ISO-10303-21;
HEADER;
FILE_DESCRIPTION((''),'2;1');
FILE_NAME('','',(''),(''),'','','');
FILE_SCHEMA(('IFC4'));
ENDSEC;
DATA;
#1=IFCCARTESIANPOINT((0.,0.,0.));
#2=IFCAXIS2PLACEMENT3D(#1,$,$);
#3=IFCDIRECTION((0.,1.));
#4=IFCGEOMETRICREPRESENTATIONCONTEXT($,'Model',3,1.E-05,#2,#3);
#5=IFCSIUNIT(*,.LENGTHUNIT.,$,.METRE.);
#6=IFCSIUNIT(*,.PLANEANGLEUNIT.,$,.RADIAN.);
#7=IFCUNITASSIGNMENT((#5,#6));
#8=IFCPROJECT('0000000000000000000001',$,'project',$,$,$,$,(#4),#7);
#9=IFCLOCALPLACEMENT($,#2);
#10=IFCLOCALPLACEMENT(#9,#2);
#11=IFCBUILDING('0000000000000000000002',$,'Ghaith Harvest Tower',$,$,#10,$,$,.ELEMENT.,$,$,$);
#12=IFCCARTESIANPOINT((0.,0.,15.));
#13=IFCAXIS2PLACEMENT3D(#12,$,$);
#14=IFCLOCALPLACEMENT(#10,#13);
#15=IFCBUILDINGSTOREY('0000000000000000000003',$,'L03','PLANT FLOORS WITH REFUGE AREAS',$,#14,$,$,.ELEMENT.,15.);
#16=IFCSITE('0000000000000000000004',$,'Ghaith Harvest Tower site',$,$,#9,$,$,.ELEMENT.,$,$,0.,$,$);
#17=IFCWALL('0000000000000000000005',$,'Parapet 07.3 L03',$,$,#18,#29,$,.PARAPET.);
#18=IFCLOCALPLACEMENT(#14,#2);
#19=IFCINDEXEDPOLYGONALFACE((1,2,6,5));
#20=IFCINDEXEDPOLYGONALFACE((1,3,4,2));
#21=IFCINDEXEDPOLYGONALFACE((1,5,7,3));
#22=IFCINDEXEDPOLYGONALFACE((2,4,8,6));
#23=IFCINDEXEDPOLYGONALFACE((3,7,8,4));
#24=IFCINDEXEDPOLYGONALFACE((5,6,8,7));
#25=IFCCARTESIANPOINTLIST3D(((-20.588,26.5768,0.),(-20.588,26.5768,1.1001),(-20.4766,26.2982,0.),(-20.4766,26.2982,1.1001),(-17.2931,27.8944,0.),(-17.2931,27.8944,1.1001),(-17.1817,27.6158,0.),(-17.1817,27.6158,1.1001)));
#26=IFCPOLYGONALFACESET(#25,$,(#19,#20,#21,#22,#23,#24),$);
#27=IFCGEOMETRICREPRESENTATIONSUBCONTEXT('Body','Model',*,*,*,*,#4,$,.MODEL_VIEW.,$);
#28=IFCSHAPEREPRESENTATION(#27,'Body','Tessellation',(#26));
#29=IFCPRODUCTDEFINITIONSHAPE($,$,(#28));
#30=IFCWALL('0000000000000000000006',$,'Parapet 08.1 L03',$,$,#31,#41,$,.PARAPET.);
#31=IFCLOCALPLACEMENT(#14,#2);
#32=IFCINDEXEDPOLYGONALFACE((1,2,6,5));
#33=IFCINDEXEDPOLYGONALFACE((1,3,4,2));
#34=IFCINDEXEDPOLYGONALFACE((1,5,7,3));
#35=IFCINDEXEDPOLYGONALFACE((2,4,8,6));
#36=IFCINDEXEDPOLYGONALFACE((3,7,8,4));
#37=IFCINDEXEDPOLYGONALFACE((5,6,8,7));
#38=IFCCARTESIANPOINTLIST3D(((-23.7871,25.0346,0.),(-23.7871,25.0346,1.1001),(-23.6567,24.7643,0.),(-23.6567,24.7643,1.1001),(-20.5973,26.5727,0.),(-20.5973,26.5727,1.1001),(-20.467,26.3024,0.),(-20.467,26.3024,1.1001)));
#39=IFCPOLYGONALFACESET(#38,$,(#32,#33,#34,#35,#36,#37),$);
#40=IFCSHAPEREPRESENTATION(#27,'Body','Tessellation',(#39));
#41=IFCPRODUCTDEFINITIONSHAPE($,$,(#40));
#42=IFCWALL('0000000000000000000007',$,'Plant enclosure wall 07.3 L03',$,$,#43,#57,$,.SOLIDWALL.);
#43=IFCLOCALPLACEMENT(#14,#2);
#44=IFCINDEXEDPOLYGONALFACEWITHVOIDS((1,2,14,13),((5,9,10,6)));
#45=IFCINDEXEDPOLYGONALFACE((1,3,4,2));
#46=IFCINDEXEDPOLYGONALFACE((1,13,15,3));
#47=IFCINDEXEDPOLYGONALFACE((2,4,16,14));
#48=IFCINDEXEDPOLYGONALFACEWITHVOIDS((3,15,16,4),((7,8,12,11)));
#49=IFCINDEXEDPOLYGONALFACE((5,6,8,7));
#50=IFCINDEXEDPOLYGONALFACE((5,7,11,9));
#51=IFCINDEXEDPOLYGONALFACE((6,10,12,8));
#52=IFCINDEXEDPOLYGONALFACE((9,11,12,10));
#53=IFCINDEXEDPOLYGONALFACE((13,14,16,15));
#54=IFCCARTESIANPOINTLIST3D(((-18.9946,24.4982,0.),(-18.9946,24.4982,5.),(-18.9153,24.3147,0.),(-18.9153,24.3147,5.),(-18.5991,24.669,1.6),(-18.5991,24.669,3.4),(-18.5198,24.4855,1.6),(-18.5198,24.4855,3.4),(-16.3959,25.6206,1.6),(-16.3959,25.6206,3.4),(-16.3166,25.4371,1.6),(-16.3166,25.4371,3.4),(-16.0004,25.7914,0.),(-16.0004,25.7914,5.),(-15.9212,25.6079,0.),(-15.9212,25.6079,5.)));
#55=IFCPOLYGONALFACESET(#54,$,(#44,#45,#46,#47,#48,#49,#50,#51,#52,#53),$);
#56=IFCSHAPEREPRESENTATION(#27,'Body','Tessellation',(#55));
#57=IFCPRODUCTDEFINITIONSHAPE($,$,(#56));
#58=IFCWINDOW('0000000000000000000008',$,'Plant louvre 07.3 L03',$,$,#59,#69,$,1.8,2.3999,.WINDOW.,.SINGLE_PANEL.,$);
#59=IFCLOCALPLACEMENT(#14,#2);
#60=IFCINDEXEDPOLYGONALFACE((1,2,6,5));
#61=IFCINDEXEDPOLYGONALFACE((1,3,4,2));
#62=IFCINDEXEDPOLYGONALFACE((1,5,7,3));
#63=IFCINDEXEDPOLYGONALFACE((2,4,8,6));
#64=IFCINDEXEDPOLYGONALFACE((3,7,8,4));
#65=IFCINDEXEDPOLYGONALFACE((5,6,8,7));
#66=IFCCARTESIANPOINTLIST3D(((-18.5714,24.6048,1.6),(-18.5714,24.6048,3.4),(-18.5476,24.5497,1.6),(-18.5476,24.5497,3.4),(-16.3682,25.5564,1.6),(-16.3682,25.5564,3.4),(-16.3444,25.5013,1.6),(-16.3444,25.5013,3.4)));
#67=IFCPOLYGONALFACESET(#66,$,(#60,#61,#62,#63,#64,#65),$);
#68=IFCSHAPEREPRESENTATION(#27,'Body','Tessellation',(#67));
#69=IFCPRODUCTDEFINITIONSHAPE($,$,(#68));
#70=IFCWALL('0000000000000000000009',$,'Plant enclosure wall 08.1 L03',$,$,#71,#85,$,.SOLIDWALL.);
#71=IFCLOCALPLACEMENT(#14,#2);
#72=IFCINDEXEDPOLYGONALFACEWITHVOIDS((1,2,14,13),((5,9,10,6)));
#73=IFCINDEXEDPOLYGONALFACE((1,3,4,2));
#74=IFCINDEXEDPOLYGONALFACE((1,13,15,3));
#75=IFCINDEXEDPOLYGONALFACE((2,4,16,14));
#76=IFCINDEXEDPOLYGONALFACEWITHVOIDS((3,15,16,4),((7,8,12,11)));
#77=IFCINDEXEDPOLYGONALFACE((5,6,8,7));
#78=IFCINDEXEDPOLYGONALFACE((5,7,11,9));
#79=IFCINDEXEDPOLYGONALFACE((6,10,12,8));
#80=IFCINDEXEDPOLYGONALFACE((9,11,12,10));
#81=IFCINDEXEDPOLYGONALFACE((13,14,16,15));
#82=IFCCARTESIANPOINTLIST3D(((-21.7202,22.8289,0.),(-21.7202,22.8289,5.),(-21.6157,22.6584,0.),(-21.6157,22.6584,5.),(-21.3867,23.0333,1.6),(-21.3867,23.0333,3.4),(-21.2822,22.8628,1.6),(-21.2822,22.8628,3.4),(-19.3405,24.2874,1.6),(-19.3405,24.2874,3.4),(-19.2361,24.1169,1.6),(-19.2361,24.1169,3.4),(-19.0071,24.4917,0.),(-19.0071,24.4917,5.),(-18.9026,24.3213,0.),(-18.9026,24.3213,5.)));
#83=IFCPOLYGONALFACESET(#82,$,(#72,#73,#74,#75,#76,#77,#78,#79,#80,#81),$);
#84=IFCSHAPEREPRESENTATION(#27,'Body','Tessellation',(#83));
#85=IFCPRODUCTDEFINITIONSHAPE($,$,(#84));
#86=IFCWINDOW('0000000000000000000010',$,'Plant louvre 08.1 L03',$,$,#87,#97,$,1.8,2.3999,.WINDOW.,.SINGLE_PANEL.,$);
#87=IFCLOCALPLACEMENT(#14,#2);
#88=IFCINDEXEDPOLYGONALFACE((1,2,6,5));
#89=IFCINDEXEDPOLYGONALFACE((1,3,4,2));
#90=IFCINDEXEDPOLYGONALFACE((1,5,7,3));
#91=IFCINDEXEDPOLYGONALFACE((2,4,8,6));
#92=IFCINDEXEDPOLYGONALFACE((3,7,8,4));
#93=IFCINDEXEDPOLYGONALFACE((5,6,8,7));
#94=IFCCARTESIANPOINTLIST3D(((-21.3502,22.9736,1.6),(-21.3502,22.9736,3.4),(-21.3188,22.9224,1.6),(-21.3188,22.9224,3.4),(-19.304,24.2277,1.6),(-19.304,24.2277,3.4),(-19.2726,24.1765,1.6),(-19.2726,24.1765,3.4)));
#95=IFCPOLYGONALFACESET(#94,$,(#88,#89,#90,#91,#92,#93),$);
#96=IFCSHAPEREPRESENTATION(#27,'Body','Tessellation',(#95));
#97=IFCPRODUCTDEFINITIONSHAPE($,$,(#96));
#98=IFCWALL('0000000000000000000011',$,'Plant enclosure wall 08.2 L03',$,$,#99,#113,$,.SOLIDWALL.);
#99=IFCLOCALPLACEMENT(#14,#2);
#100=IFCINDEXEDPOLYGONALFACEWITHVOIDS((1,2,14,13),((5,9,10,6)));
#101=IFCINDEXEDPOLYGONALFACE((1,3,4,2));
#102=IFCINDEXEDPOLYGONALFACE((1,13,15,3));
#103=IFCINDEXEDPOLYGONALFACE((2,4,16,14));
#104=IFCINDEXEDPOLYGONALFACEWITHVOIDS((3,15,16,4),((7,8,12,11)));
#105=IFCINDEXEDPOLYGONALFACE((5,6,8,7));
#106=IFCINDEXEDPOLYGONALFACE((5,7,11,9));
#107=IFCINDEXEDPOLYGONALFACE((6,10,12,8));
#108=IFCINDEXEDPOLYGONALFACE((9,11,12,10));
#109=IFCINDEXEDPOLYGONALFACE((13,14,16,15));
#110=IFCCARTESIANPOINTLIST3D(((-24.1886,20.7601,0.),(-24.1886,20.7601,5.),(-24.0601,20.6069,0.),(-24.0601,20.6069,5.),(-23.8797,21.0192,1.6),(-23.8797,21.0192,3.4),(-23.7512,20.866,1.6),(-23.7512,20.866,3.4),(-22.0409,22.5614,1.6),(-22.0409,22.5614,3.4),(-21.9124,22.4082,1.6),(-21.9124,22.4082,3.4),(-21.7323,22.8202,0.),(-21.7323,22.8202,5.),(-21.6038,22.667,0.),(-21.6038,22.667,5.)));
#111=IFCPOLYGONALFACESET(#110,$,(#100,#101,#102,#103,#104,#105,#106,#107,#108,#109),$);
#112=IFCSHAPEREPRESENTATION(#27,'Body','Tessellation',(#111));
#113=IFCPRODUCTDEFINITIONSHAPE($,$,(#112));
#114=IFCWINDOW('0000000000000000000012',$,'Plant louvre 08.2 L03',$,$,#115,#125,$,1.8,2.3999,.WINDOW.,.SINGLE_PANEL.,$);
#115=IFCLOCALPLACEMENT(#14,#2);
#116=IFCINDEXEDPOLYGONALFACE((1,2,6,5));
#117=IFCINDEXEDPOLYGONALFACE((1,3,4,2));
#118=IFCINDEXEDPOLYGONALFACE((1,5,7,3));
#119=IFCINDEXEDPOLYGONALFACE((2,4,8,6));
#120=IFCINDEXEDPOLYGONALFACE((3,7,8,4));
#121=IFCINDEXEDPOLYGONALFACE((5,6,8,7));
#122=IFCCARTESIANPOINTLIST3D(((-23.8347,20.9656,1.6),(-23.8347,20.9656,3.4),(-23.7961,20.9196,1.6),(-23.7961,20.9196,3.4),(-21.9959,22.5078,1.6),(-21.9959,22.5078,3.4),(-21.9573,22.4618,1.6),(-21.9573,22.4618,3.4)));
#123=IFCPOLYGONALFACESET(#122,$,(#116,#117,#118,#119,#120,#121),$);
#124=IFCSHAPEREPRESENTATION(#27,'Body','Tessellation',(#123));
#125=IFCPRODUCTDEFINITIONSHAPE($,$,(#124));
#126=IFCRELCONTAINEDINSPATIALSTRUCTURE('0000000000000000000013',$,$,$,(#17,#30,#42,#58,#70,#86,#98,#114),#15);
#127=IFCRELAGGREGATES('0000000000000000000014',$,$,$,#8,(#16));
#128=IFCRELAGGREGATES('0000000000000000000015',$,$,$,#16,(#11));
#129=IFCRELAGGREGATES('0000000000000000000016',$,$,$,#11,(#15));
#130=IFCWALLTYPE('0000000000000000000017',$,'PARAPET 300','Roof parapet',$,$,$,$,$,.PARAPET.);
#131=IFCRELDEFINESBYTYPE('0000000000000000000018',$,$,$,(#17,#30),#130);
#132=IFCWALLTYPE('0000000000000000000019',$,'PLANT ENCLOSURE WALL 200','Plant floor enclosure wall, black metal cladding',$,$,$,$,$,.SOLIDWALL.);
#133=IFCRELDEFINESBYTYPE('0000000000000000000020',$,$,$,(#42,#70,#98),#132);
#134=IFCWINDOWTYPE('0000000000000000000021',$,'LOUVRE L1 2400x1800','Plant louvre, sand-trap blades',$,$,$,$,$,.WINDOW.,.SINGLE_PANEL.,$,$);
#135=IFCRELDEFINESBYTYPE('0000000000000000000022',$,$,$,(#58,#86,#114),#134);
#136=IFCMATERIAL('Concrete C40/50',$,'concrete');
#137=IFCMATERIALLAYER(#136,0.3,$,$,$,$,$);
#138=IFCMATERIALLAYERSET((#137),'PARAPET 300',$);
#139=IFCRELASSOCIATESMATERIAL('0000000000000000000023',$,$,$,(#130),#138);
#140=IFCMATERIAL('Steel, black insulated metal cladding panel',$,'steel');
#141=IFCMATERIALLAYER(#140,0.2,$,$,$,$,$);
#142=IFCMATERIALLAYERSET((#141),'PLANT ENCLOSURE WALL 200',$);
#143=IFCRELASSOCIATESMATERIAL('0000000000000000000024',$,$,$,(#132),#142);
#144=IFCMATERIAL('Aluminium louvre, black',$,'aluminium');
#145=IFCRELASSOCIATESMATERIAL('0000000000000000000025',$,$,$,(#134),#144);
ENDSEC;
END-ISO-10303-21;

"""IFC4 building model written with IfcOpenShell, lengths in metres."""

from ifc_helpers import new_model, si_unit, direction, frame, frame_2d, origin, place, context, subcontext, project, spatial, rectangle, extrude, material, layer, layer_set, type_object, element, fill, save


model = new_model("IFC4")

# Units and contexts
model_context = context("Model", 3, precision=1e-05, world=origin(), true_north=direction((0.0, 1.0)))
body_context = subcontext(model_context, "Body", "Model", "MODEL_VIEW")
ifc_project = project(units=[si_unit("LENGTHUNIT", "METRE"), si_unit("PLANEANGLEUNIT", "RADIAN")], contexts=[model_context])

# Site, building, storey
site_placement = place(None, origin())
site = spatial("IfcSite", under=ifc_project, at=site_placement, Name="Ghaith Harvest Tower site", CompositionType="ELEMENT", RefElevation=0.0)
building_placement = place(site_placement, origin())
building = spatial("IfcBuilding", under=site, at=building_placement, Name="Ghaith Harvest Tower", CompositionType="ELEMENT")
storey_placement = place(building_placement, frame((0.0, 0.0, 15.0)))
storey = spatial("IfcBuildingStorey", under=building, at=storey_placement, Name="L03", Description="PLANT FLOORS WITH REFUGE AREAS", CompositionType="ELEMENT", Elevation=15.0)

# Walls
ifc_material_1 = material(Name="Concrete C40/50", Category="concrete")
ifc_layer_1 = layer(ifc_material_1, 0.3)
ifc_layer_set_1 = layer_set([ifc_layer_1], Name="PARAPET 300")
wall_type_1 = type_object("IfcWallType", Name="PARAPET 300", Description="Roof parapet", PredefinedType="PARAPET", material=ifc_layer_set_1)
wall_1_placement = place(storey_placement, frame((-17.2373, 27.7551, 0.0), z_axis=(0.0, 0.0, 1.0), x_axis=(-0.92851, -0.371308, 0.0)))
element("IfcWall", 1, at=wall_1_placement, inside=storey, type_object=wall_type_1, Name="Parapet 07.3 L03", PredefinedType="PARAPET", context=body_context, shape_type="SweptSolid", body=[
    extrude(rectangle(XDim=3.5486, YDim=0.3, at=frame_2d((1.7744, 0.0))), origin(), (0.0, 0.0, 1.0), 1.1001),
])
wall_2_placement = place(storey_placement, frame((-20.5322, 26.4375, 0.0), z_axis=(0.0, 0.0, 1.0), x_axis=(-0.900747, -0.434344, 0.0)))
element("IfcWall", 2, at=wall_2_placement, inside=storey, type_object=wall_type_1, Name="Parapet 08.1 L03", PredefinedType="PARAPET", context=body_context, shape_type="SweptSolid", body=[
    extrude(rectangle(XDim=3.5413, YDim=0.3, at=frame_2d((1.7705, 0.0))), origin(), (0.0, 0.0, 1.0), 1.1001),
])

# Walls, openings, windows
ifc_material_2 = material(Name="Steel, black insulated metal cladding panel", Category="steel")
ifc_layer_2 = layer(ifc_material_2, 0.2)
ifc_layer_set_2 = layer_set([ifc_layer_2], Name="PLANT ENCLOSURE WALL 200")
wall_type_2 = type_object("IfcWallType", Name="PLANT ENCLOSURE WALL 200", Description="Plant floor enclosure wall, black metal cladding", PredefinedType="SOLIDWALL", material=ifc_layer_set_2)
wall_3_placement = place(storey_placement, frame((-15.9607, 25.6997, 0.0), z_axis=(0.0, 0.0, 1.0), x_axis=(-0.91803, -0.396511, 0.0)))
wall_3 = element("IfcWall", 3, at=wall_3_placement, inside=storey, type_object=wall_type_2, Name="Plant enclosure wall 07.3 L03", PredefinedType="SOLIDWALL", context=body_context, shape_type="SweptSolid", body=[
    extrude(rectangle(XDim=3.2615, YDim=0.2, at=frame_2d((1.6309, 0.0))), origin(), (0.0, 0.0, 1.0), 5.0),
])
opening_1_placement = place(wall_3_placement, frame((0.4309, 0.0, 1.6001)))
opening_1 = element("IfcOpeningElement", 4, at=opening_1_placement, cuts=wall_3, PredefinedType="OPENING", context=body_context, shape_type="SweptSolid", body=[
    extrude(rectangle(XDim=2.3999, YDim=1.8, at=frame_2d((1.2, 0.8999))), frame((0.0, 0.1099, 0.0), z_axis=(0.0, -1.0, 0.0), x_axis=(1.0, 0.0, 0.0)), (0.0, 0.0, 1.0), 0.22),
])
ifc_material_3 = material(Name="Aluminium louvre, black", Category="aluminium")
window_type = type_object("IfcWindowType", Name="LOUVRE L1 2400x1800", Description="Plant louvre, sand-trap blades", PartitioningType="SINGLE_PANEL", PredefinedType="WINDOW", material=ifc_material_3)
window_1_placement = place(opening_1_placement, origin())
window_1 = element("IfcWindow", 5, at=window_1_placement, inside=storey, type_object=window_type, Name="Plant louvre 07.3 L03", OverallHeight=1.8, OverallWidth=2.3999, PartitioningType="SINGLE_PANEL", PredefinedType="WINDOW", context=body_context, shape_type="SweptSolid", body=[
    extrude(rectangle(XDim=2.3999, YDim=1.8, at=frame_2d((1.2, 0.8999))), frame((0.0, 0.03, 0.0), z_axis=(0.0, -1.0, 0.0), x_axis=(1.0, 0.0, 0.0)), (0.0, 0.0, 1.0), 0.0601),
])
fill(opening_1, window_1)
wall_4_placement = place(storey_placement, frame((-18.9548, 24.4065, 0.0), z_axis=(0.0, 0.0, 1.0), x_axis=(-0.852608, -0.522551, 0.0)))
wall_4 = element("IfcWall", 6, at=wall_4_placement, inside=storey, type_object=wall_type_2, Name="Plant enclosure wall 08.1 L03", PredefinedType="SOLIDWALL", context=body_context, shape_type="SweptSolid", body=[
    extrude(rectangle(XDim=3.1821, YDim=0.2, at=frame_2d((1.5911, 0.0))), origin(), (0.0, 0.0, 1.0), 5.0),
])
opening_2_placement = place(wall_4_placement, frame((0.3911, 0.0, 1.6001)))
opening_2 = element("IfcOpeningElement", 7, at=opening_2_placement, cuts=wall_4, PredefinedType="OPENING", context=body_context, shape_type="SweptSolid", body=[
    extrude(rectangle(XDim=2.3999, YDim=1.8, at=frame_2d((1.2, 0.8999))), frame((0.0, 0.1099, 0.0), z_axis=(0.0, -1.0, 0.0), x_axis=(1.0, 0.0, 0.0)), (0.0, 0.0, 1.0), 0.22),
])
window_2_placement = place(opening_2_placement, origin())
window_2 = element("IfcWindow", 8, at=window_2_placement, inside=storey, type_object=window_type, Name="Plant louvre 08.1 L03", OverallHeight=1.8, OverallWidth=2.3999, PartitioningType="SINGLE_PANEL", PredefinedType="WINDOW", context=body_context, shape_type="SweptSolid", body=[
    extrude(rectangle(XDim=2.3999, YDim=1.8, at=frame_2d((1.2, 0.8999))), frame((0.0, 0.03, 0.0), z_axis=(0.0, -1.0, 0.0), x_axis=(1.0, 0.0, 0.0)), (0.0, 0.0, 1.0), 0.0601),
])
fill(opening_2, window_2)
wall_5_placement = place(storey_placement, frame((-21.668, 22.7437, 0.0), z_axis=(0.0, 0.0, 1.0), x_axis=(-0.766201, -0.642601, 0.0)))
wall_5 = element("IfcWall", 9, at=wall_5_placement, inside=storey, type_object=wall_type_2, Name="Plant enclosure wall 08.2 L03", PredefinedType="SOLIDWALL", context=body_context, shape_type="SweptSolid", body=[
    extrude(rectangle(XDim=3.2058, YDim=0.2, at=frame_2d((1.603, 0.0))), origin(), (0.0, 0.0, 1.0), 5.0),
])
opening_3_placement = place(wall_5_placement, frame((0.4028, 0.0, 1.6001)))
opening_3 = element("IfcOpeningElement", 10, at=opening_3_placement, cuts=wall_5, PredefinedType="OPENING", context=body_context, shape_type="SweptSolid", body=[
    extrude(rectangle(XDim=2.3999, YDim=1.8, at=frame_2d((1.2, 0.8999))), frame((0.0, 0.1099, 0.0), z_axis=(0.0, -1.0, 0.0), x_axis=(1.0, 0.0, 0.0)), (0.0, 0.0, 1.0), 0.22),
])
window_3_placement = place(opening_3_placement, origin())
window_3 = element("IfcWindow", 11, at=window_3_placement, inside=storey, type_object=window_type, Name="Plant louvre 08.2 L03", OverallHeight=1.8, OverallWidth=2.3999, PartitioningType="SINGLE_PANEL", PredefinedType="WINDOW", context=body_context, shape_type="SweptSolid", body=[
    extrude(rectangle(XDim=2.3999, YDim=1.8, at=frame_2d((1.2, 0.8999))), frame((0.0, 0.03, 0.0), z_axis=(0.0, -1.0, 0.0), x_axis=(1.0, 0.0, 0.0)), (0.0, 0.0, 1.0), 0.0601),
])
fill(opening_3, window_3)

save(model, "model.ifc")
